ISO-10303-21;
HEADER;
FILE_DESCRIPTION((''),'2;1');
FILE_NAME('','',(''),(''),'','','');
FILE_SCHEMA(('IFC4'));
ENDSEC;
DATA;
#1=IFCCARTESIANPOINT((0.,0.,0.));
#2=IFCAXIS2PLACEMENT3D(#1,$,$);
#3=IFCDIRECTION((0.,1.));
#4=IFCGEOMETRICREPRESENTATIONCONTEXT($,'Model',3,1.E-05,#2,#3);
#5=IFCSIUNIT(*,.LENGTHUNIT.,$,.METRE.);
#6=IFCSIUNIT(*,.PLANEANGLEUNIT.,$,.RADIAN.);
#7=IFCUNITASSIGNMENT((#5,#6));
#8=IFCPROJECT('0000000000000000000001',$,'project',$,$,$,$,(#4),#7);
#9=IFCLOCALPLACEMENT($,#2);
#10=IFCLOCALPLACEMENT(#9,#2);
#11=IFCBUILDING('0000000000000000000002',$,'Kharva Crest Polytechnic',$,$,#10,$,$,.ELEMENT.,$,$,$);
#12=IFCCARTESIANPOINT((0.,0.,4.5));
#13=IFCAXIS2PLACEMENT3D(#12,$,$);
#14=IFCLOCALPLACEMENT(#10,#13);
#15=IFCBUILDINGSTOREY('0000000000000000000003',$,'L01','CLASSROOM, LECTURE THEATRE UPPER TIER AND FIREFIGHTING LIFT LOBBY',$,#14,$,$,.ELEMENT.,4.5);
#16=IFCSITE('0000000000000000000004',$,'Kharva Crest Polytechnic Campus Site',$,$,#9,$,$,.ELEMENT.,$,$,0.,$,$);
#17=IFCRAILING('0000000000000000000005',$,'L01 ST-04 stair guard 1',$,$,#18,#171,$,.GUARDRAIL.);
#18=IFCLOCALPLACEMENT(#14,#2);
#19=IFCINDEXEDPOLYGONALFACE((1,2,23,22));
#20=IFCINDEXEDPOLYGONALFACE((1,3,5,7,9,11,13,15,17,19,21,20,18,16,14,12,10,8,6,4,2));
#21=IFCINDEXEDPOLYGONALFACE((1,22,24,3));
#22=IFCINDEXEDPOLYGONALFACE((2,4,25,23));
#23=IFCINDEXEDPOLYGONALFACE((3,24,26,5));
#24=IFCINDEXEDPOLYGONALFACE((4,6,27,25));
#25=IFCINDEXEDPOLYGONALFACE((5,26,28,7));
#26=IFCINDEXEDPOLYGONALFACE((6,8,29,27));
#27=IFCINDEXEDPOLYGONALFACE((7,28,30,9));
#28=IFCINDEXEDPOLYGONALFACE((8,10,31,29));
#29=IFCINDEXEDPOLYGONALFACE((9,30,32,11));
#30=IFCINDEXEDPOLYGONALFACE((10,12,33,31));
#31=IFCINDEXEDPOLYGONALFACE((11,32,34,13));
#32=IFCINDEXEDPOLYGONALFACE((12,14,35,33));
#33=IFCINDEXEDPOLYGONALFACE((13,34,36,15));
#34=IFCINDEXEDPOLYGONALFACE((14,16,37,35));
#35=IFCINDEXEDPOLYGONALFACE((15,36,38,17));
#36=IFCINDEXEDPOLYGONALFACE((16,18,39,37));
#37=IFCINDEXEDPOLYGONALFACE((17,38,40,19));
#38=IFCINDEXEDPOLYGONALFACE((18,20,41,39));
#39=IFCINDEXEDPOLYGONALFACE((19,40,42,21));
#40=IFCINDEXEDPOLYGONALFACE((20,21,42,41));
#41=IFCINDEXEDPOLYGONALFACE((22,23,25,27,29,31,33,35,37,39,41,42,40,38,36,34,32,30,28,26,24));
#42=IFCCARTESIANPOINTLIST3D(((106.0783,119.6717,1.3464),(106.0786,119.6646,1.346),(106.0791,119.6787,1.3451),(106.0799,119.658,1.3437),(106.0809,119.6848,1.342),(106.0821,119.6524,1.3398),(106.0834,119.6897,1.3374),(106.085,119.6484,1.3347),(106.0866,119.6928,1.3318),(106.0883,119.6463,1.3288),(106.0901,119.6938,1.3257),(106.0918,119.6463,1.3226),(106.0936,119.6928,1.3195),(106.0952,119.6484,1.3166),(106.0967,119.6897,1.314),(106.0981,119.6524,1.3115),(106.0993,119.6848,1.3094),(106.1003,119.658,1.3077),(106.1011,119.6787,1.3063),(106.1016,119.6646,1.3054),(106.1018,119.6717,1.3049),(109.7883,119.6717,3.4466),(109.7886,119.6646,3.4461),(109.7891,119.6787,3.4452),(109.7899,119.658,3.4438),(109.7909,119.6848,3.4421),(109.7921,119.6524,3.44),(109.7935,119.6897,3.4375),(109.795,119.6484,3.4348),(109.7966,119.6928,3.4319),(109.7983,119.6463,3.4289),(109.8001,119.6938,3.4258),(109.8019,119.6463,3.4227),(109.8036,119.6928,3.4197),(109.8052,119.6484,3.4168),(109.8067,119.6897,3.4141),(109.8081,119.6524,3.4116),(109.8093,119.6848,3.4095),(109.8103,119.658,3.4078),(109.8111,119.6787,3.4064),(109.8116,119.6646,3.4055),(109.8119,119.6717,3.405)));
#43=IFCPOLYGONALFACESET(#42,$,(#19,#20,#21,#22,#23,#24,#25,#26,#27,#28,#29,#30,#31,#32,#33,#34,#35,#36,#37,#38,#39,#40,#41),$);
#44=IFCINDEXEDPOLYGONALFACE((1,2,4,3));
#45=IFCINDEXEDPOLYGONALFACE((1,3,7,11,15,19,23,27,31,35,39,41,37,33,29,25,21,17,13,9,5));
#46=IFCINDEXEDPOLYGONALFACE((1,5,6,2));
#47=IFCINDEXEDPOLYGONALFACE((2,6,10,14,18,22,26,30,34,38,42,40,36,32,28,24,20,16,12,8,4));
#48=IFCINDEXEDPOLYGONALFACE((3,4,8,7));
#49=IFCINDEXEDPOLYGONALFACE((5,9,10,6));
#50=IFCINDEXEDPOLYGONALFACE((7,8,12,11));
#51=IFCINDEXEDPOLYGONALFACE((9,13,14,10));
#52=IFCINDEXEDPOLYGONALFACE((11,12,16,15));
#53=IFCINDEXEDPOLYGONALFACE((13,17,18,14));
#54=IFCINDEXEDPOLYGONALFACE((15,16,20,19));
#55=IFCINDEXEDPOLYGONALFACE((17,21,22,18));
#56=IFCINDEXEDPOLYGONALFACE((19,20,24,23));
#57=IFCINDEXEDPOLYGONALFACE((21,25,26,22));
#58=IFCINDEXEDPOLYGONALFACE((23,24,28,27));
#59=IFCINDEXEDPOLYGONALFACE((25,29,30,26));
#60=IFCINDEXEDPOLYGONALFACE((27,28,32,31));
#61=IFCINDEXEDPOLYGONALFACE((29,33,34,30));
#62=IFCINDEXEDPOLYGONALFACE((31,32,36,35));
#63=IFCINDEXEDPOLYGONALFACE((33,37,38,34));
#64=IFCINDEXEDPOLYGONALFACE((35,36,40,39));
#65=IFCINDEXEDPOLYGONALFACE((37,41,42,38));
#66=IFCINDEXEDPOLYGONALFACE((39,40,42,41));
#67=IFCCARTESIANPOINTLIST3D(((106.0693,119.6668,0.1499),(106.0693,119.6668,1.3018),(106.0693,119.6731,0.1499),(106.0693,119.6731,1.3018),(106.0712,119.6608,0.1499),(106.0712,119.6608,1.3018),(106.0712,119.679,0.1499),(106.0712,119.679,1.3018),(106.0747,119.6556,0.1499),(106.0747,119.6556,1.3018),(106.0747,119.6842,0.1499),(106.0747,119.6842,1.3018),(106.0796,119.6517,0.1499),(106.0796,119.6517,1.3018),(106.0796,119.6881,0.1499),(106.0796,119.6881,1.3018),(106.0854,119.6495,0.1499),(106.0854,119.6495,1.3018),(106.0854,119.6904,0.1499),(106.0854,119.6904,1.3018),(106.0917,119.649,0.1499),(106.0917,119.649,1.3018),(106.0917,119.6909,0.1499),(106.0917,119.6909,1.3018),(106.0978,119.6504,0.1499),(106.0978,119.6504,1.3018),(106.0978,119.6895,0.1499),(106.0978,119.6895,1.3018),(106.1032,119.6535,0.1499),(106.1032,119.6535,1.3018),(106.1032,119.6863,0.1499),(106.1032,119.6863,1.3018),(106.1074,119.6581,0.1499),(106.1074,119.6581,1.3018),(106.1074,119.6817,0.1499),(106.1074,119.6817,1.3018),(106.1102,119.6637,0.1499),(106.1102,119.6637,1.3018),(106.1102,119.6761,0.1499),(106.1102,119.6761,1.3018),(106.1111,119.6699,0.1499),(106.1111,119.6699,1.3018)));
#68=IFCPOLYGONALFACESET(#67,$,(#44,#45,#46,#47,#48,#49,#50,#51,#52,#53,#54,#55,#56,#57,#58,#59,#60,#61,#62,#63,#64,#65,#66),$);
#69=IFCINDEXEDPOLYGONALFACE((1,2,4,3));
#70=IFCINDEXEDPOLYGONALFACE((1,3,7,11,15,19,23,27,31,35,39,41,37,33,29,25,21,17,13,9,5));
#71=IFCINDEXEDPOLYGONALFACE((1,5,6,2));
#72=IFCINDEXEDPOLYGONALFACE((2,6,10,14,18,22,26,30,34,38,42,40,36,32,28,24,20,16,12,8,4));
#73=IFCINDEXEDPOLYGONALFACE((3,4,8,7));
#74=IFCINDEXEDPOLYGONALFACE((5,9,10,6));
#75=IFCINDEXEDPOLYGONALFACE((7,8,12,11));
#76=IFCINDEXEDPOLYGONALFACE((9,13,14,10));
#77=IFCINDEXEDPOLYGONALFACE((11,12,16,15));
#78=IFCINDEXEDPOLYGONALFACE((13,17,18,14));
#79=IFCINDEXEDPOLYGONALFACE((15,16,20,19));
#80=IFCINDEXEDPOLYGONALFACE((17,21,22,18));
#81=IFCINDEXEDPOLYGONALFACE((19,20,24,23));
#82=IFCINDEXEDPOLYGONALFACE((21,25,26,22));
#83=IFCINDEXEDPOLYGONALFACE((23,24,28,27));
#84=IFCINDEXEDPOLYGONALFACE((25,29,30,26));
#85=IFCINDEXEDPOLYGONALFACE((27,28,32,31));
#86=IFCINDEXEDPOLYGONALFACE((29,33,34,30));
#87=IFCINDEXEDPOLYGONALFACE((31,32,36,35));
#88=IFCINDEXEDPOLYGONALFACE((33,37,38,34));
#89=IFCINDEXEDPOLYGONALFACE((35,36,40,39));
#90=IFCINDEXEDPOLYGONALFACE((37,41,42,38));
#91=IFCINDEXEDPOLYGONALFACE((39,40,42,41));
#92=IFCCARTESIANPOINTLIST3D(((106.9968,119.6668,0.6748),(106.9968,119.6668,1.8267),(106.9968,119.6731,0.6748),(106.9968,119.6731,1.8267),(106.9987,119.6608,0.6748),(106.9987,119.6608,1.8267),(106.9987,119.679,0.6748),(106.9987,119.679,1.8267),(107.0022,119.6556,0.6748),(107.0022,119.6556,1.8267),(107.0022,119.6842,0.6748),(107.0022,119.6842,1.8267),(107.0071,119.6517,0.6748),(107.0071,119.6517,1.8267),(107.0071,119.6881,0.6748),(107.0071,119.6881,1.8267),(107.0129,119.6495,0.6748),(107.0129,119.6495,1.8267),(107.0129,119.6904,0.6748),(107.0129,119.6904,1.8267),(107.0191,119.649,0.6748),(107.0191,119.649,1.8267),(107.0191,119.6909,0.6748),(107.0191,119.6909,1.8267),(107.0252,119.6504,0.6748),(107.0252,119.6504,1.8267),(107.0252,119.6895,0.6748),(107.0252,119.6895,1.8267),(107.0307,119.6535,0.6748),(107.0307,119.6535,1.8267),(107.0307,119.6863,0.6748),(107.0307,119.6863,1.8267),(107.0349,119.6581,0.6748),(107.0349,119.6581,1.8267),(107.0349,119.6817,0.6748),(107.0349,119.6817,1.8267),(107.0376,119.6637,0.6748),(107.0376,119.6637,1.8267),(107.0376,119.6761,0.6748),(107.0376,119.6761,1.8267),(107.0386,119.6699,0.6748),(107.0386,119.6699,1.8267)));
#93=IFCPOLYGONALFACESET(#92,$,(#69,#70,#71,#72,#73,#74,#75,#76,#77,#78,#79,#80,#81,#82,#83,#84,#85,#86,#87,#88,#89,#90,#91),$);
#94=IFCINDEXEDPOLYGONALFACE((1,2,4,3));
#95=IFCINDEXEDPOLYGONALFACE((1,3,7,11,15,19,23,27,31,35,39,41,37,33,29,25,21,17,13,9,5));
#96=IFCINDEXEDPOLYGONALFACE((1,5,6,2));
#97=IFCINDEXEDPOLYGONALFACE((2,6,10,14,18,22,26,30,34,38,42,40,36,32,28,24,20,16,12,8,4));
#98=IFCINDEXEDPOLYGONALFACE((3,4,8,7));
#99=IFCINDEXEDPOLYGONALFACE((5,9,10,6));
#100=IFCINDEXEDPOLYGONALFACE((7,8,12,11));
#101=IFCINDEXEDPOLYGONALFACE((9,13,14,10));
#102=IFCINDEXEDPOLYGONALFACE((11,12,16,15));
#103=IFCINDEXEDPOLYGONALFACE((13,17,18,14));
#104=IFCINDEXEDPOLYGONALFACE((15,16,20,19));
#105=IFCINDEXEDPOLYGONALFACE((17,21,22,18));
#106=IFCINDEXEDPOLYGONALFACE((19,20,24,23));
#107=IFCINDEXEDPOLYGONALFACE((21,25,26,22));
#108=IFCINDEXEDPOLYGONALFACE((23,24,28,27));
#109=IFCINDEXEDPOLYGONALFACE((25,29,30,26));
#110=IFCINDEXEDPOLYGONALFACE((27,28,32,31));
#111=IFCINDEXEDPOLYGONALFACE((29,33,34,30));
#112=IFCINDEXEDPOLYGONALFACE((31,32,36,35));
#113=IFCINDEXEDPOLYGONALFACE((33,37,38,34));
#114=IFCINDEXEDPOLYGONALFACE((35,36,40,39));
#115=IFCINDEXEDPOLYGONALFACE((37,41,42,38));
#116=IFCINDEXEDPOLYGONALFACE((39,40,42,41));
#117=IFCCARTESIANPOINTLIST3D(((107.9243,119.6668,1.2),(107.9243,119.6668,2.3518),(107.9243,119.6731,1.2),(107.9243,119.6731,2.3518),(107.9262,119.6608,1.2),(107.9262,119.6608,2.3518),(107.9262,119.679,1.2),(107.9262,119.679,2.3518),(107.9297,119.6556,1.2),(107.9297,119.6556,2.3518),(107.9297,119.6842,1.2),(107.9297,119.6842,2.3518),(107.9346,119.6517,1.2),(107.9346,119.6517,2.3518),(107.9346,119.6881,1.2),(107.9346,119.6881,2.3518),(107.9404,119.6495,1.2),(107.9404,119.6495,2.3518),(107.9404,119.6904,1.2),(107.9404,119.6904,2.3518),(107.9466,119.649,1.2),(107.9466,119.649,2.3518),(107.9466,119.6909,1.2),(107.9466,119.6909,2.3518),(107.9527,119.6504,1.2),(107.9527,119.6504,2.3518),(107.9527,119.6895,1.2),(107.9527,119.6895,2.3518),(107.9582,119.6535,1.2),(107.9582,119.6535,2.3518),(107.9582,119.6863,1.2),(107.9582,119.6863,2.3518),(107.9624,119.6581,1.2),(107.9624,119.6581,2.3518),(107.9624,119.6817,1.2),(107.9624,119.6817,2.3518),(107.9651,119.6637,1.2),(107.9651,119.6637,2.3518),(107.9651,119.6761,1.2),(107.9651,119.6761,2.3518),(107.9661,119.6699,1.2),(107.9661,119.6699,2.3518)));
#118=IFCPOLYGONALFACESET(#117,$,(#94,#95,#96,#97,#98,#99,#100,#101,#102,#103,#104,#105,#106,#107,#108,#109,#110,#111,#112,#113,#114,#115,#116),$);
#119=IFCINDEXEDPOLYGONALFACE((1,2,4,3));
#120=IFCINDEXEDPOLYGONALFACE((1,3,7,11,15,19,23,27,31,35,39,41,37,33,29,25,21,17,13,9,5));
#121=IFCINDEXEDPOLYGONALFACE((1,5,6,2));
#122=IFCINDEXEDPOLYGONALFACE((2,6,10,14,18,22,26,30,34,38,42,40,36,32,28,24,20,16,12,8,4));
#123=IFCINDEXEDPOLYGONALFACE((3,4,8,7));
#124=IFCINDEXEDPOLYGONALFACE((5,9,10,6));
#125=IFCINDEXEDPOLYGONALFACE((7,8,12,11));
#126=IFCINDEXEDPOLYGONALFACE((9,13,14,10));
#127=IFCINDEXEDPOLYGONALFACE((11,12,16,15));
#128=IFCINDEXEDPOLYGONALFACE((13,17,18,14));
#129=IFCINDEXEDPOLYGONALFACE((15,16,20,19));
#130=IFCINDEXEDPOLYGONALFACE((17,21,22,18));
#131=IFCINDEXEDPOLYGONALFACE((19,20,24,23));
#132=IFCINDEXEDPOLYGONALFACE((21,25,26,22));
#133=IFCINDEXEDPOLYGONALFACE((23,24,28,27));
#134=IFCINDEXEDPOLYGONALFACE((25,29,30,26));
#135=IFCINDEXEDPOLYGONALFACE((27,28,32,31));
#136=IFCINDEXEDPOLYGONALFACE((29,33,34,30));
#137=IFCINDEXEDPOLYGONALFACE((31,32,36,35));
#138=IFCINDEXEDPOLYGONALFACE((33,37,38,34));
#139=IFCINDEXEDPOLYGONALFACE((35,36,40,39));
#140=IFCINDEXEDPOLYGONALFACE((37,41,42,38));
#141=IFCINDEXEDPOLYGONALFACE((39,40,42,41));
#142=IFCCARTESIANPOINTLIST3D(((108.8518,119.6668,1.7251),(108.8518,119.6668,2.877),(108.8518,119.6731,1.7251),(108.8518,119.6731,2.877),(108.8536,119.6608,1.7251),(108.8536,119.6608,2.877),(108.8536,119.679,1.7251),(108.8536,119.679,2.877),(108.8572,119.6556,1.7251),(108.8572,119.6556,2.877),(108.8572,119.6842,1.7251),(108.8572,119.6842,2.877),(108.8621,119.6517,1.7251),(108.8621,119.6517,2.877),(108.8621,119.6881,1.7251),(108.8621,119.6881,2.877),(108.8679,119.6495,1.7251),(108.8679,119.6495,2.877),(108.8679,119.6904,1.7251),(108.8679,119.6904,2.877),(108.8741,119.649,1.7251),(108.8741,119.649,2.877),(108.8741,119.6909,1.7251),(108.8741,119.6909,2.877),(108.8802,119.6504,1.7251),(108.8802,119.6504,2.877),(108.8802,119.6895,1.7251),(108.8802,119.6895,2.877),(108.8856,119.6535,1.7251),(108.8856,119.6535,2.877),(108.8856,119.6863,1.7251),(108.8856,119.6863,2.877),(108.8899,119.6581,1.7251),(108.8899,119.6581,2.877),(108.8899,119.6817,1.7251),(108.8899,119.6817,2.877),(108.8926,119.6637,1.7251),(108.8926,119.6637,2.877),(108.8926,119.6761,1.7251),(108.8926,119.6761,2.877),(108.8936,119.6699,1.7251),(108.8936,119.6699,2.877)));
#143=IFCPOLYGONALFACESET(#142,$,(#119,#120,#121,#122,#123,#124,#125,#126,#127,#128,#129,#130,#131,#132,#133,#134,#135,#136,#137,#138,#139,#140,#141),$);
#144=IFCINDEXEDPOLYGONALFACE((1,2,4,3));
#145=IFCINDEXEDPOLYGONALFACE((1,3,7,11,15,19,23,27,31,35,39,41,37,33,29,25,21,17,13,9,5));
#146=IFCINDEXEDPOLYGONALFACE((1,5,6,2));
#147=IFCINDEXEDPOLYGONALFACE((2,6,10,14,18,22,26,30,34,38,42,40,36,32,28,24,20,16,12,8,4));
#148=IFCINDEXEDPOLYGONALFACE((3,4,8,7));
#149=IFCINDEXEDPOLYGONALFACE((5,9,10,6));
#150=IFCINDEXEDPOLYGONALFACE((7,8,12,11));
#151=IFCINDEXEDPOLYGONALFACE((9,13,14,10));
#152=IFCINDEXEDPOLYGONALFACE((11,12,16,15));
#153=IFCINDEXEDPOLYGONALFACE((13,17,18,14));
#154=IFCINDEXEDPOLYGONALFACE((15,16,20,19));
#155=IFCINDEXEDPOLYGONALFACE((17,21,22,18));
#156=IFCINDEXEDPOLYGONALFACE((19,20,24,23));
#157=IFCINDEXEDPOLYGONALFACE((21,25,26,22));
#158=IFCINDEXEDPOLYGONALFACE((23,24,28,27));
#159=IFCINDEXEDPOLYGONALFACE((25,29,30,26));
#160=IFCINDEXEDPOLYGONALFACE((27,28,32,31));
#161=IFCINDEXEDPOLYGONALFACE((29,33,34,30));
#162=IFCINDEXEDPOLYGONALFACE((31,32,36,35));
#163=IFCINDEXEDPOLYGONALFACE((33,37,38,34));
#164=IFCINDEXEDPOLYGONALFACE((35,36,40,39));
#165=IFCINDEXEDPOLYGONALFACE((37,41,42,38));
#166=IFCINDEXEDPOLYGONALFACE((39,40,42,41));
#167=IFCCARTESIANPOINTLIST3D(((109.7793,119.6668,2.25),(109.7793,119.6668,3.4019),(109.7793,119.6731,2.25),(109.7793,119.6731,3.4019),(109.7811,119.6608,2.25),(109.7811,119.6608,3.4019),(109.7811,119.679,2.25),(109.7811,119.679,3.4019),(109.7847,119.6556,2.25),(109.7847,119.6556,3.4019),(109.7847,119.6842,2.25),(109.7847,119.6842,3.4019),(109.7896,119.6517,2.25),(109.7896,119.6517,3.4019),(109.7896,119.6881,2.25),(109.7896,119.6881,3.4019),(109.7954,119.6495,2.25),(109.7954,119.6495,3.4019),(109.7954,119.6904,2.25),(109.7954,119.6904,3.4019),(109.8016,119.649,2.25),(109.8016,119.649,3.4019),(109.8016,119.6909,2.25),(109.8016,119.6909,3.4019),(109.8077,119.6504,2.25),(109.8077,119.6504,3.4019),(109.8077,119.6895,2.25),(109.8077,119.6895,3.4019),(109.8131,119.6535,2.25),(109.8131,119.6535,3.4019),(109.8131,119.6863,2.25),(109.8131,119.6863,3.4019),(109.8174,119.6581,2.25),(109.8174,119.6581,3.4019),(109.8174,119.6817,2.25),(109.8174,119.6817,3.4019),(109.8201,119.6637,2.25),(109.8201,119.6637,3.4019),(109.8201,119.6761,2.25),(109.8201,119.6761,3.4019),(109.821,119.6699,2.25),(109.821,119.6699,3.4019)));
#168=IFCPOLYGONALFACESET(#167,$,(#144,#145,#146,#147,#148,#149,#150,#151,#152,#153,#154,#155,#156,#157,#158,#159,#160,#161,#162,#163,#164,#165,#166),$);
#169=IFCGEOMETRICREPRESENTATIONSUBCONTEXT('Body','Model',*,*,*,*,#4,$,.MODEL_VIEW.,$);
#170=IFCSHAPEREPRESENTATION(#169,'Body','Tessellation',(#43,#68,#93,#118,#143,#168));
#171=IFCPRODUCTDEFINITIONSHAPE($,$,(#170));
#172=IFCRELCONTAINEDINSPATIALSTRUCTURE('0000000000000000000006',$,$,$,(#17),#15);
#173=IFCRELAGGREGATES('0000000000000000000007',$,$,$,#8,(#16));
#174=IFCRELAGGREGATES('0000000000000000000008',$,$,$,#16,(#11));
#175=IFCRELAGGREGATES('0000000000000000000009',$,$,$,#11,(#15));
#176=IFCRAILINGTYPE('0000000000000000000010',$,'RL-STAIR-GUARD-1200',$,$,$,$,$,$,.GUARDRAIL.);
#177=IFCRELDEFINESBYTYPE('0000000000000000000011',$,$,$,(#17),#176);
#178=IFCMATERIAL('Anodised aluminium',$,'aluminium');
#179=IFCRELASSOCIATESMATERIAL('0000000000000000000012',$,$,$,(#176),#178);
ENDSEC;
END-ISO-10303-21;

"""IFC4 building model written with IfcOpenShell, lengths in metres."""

from ifc_helpers import new_model, si_unit, direction, frame, origin, origin_2d, place, context, subcontext, project, spatial, circle, extrude, material, type_object, element, save


model = new_model("IFC4")

# Units and contexts
model_context = context("Model", 3, precision=1e-05, world=origin(), true_north=direction((0.0, 1.0)))
body_context = subcontext(model_context, "Body", "Model", "MODEL_VIEW")
ifc_project = project(units=[si_unit("LENGTHUNIT", "METRE"), si_unit("PLANEANGLEUNIT", "RADIAN")], contexts=[model_context])

# Site, building, storey
site_placement = place(None, origin())
site = spatial("IfcSite", under=ifc_project, at=site_placement, Name="Kharva Crest Polytechnic Campus Site", CompositionType="ELEMENT", RefElevation=0.0)
building_placement = place(site_placement, origin())
building = spatial("IfcBuilding", under=site, at=building_placement, Name="Kharva Crest Polytechnic", CompositionType="ELEMENT")
storey_placement = place(building_placement, frame((0.0, 0.0, 4.5)))
storey = spatial("IfcBuildingStorey", under=building, at=storey_placement, Name="L01", Description="CLASSROOM, LECTURE THEATRE UPPER TIER AND FIREFIGHTING LIFT LOBBY", CompositionType="ELEMENT", Elevation=4.5)

# Railing
ifc_material_1 = material(Name="Anodised aluminium", Category="aluminium")
railing_type_1 = type_object("IfcRailingType", Name="RL-STAIR-GUARD-1200", PredefinedType="GUARDRAIL", material=ifc_material_1)
railing_1_placement = place(storey_placement, frame((106.0901, 119.6699, 0.1499)))
element("IfcRailing", 1, at=railing_1_placement, inside=storey, type_object=railing_type_1, Name="L01 ST-04 stair guard 1", PredefinedType="GUARDRAIL", context=body_context, shape_type="SweptSolid", body=[
    extrude(circle(Radius=0.0239, at=origin_2d()), frame((0.0, 0.0, 1.1758), z_axis=(0.870245, 0.0, 0.492619), x_axis=(0.0, 1.0, 0.0)), (0.0, 0.0, 1.0), 4.2632),
    extrude(circle(Radius=0.021, at=origin_2d()), origin(), (0.0, 0.0, 1.0), 1.1519),
    extrude(circle(Radius=0.021, at=origin_2d()), frame((0.9275, 0.0, 0.5249)), (0.0, 0.0, 1.0), 1.1519),
    extrude(circle(Radius=0.021, at=origin_2d()), frame((1.855, 0.0, 1.05)), (0.0, 0.0, 1.0), 1.1519),
    extrude(circle(Radius=0.021, at=origin_2d()), frame((2.7825, 0.0, 1.5752)), (0.0, 0.0, 1.0), 1.1519),
    extrude(circle(Radius=0.021, at=origin_2d()), frame((3.71, 0.0, 2.1001)), (0.0, 0.0, 1.0), 1.1519),
])

save(model, "model.ifc")
